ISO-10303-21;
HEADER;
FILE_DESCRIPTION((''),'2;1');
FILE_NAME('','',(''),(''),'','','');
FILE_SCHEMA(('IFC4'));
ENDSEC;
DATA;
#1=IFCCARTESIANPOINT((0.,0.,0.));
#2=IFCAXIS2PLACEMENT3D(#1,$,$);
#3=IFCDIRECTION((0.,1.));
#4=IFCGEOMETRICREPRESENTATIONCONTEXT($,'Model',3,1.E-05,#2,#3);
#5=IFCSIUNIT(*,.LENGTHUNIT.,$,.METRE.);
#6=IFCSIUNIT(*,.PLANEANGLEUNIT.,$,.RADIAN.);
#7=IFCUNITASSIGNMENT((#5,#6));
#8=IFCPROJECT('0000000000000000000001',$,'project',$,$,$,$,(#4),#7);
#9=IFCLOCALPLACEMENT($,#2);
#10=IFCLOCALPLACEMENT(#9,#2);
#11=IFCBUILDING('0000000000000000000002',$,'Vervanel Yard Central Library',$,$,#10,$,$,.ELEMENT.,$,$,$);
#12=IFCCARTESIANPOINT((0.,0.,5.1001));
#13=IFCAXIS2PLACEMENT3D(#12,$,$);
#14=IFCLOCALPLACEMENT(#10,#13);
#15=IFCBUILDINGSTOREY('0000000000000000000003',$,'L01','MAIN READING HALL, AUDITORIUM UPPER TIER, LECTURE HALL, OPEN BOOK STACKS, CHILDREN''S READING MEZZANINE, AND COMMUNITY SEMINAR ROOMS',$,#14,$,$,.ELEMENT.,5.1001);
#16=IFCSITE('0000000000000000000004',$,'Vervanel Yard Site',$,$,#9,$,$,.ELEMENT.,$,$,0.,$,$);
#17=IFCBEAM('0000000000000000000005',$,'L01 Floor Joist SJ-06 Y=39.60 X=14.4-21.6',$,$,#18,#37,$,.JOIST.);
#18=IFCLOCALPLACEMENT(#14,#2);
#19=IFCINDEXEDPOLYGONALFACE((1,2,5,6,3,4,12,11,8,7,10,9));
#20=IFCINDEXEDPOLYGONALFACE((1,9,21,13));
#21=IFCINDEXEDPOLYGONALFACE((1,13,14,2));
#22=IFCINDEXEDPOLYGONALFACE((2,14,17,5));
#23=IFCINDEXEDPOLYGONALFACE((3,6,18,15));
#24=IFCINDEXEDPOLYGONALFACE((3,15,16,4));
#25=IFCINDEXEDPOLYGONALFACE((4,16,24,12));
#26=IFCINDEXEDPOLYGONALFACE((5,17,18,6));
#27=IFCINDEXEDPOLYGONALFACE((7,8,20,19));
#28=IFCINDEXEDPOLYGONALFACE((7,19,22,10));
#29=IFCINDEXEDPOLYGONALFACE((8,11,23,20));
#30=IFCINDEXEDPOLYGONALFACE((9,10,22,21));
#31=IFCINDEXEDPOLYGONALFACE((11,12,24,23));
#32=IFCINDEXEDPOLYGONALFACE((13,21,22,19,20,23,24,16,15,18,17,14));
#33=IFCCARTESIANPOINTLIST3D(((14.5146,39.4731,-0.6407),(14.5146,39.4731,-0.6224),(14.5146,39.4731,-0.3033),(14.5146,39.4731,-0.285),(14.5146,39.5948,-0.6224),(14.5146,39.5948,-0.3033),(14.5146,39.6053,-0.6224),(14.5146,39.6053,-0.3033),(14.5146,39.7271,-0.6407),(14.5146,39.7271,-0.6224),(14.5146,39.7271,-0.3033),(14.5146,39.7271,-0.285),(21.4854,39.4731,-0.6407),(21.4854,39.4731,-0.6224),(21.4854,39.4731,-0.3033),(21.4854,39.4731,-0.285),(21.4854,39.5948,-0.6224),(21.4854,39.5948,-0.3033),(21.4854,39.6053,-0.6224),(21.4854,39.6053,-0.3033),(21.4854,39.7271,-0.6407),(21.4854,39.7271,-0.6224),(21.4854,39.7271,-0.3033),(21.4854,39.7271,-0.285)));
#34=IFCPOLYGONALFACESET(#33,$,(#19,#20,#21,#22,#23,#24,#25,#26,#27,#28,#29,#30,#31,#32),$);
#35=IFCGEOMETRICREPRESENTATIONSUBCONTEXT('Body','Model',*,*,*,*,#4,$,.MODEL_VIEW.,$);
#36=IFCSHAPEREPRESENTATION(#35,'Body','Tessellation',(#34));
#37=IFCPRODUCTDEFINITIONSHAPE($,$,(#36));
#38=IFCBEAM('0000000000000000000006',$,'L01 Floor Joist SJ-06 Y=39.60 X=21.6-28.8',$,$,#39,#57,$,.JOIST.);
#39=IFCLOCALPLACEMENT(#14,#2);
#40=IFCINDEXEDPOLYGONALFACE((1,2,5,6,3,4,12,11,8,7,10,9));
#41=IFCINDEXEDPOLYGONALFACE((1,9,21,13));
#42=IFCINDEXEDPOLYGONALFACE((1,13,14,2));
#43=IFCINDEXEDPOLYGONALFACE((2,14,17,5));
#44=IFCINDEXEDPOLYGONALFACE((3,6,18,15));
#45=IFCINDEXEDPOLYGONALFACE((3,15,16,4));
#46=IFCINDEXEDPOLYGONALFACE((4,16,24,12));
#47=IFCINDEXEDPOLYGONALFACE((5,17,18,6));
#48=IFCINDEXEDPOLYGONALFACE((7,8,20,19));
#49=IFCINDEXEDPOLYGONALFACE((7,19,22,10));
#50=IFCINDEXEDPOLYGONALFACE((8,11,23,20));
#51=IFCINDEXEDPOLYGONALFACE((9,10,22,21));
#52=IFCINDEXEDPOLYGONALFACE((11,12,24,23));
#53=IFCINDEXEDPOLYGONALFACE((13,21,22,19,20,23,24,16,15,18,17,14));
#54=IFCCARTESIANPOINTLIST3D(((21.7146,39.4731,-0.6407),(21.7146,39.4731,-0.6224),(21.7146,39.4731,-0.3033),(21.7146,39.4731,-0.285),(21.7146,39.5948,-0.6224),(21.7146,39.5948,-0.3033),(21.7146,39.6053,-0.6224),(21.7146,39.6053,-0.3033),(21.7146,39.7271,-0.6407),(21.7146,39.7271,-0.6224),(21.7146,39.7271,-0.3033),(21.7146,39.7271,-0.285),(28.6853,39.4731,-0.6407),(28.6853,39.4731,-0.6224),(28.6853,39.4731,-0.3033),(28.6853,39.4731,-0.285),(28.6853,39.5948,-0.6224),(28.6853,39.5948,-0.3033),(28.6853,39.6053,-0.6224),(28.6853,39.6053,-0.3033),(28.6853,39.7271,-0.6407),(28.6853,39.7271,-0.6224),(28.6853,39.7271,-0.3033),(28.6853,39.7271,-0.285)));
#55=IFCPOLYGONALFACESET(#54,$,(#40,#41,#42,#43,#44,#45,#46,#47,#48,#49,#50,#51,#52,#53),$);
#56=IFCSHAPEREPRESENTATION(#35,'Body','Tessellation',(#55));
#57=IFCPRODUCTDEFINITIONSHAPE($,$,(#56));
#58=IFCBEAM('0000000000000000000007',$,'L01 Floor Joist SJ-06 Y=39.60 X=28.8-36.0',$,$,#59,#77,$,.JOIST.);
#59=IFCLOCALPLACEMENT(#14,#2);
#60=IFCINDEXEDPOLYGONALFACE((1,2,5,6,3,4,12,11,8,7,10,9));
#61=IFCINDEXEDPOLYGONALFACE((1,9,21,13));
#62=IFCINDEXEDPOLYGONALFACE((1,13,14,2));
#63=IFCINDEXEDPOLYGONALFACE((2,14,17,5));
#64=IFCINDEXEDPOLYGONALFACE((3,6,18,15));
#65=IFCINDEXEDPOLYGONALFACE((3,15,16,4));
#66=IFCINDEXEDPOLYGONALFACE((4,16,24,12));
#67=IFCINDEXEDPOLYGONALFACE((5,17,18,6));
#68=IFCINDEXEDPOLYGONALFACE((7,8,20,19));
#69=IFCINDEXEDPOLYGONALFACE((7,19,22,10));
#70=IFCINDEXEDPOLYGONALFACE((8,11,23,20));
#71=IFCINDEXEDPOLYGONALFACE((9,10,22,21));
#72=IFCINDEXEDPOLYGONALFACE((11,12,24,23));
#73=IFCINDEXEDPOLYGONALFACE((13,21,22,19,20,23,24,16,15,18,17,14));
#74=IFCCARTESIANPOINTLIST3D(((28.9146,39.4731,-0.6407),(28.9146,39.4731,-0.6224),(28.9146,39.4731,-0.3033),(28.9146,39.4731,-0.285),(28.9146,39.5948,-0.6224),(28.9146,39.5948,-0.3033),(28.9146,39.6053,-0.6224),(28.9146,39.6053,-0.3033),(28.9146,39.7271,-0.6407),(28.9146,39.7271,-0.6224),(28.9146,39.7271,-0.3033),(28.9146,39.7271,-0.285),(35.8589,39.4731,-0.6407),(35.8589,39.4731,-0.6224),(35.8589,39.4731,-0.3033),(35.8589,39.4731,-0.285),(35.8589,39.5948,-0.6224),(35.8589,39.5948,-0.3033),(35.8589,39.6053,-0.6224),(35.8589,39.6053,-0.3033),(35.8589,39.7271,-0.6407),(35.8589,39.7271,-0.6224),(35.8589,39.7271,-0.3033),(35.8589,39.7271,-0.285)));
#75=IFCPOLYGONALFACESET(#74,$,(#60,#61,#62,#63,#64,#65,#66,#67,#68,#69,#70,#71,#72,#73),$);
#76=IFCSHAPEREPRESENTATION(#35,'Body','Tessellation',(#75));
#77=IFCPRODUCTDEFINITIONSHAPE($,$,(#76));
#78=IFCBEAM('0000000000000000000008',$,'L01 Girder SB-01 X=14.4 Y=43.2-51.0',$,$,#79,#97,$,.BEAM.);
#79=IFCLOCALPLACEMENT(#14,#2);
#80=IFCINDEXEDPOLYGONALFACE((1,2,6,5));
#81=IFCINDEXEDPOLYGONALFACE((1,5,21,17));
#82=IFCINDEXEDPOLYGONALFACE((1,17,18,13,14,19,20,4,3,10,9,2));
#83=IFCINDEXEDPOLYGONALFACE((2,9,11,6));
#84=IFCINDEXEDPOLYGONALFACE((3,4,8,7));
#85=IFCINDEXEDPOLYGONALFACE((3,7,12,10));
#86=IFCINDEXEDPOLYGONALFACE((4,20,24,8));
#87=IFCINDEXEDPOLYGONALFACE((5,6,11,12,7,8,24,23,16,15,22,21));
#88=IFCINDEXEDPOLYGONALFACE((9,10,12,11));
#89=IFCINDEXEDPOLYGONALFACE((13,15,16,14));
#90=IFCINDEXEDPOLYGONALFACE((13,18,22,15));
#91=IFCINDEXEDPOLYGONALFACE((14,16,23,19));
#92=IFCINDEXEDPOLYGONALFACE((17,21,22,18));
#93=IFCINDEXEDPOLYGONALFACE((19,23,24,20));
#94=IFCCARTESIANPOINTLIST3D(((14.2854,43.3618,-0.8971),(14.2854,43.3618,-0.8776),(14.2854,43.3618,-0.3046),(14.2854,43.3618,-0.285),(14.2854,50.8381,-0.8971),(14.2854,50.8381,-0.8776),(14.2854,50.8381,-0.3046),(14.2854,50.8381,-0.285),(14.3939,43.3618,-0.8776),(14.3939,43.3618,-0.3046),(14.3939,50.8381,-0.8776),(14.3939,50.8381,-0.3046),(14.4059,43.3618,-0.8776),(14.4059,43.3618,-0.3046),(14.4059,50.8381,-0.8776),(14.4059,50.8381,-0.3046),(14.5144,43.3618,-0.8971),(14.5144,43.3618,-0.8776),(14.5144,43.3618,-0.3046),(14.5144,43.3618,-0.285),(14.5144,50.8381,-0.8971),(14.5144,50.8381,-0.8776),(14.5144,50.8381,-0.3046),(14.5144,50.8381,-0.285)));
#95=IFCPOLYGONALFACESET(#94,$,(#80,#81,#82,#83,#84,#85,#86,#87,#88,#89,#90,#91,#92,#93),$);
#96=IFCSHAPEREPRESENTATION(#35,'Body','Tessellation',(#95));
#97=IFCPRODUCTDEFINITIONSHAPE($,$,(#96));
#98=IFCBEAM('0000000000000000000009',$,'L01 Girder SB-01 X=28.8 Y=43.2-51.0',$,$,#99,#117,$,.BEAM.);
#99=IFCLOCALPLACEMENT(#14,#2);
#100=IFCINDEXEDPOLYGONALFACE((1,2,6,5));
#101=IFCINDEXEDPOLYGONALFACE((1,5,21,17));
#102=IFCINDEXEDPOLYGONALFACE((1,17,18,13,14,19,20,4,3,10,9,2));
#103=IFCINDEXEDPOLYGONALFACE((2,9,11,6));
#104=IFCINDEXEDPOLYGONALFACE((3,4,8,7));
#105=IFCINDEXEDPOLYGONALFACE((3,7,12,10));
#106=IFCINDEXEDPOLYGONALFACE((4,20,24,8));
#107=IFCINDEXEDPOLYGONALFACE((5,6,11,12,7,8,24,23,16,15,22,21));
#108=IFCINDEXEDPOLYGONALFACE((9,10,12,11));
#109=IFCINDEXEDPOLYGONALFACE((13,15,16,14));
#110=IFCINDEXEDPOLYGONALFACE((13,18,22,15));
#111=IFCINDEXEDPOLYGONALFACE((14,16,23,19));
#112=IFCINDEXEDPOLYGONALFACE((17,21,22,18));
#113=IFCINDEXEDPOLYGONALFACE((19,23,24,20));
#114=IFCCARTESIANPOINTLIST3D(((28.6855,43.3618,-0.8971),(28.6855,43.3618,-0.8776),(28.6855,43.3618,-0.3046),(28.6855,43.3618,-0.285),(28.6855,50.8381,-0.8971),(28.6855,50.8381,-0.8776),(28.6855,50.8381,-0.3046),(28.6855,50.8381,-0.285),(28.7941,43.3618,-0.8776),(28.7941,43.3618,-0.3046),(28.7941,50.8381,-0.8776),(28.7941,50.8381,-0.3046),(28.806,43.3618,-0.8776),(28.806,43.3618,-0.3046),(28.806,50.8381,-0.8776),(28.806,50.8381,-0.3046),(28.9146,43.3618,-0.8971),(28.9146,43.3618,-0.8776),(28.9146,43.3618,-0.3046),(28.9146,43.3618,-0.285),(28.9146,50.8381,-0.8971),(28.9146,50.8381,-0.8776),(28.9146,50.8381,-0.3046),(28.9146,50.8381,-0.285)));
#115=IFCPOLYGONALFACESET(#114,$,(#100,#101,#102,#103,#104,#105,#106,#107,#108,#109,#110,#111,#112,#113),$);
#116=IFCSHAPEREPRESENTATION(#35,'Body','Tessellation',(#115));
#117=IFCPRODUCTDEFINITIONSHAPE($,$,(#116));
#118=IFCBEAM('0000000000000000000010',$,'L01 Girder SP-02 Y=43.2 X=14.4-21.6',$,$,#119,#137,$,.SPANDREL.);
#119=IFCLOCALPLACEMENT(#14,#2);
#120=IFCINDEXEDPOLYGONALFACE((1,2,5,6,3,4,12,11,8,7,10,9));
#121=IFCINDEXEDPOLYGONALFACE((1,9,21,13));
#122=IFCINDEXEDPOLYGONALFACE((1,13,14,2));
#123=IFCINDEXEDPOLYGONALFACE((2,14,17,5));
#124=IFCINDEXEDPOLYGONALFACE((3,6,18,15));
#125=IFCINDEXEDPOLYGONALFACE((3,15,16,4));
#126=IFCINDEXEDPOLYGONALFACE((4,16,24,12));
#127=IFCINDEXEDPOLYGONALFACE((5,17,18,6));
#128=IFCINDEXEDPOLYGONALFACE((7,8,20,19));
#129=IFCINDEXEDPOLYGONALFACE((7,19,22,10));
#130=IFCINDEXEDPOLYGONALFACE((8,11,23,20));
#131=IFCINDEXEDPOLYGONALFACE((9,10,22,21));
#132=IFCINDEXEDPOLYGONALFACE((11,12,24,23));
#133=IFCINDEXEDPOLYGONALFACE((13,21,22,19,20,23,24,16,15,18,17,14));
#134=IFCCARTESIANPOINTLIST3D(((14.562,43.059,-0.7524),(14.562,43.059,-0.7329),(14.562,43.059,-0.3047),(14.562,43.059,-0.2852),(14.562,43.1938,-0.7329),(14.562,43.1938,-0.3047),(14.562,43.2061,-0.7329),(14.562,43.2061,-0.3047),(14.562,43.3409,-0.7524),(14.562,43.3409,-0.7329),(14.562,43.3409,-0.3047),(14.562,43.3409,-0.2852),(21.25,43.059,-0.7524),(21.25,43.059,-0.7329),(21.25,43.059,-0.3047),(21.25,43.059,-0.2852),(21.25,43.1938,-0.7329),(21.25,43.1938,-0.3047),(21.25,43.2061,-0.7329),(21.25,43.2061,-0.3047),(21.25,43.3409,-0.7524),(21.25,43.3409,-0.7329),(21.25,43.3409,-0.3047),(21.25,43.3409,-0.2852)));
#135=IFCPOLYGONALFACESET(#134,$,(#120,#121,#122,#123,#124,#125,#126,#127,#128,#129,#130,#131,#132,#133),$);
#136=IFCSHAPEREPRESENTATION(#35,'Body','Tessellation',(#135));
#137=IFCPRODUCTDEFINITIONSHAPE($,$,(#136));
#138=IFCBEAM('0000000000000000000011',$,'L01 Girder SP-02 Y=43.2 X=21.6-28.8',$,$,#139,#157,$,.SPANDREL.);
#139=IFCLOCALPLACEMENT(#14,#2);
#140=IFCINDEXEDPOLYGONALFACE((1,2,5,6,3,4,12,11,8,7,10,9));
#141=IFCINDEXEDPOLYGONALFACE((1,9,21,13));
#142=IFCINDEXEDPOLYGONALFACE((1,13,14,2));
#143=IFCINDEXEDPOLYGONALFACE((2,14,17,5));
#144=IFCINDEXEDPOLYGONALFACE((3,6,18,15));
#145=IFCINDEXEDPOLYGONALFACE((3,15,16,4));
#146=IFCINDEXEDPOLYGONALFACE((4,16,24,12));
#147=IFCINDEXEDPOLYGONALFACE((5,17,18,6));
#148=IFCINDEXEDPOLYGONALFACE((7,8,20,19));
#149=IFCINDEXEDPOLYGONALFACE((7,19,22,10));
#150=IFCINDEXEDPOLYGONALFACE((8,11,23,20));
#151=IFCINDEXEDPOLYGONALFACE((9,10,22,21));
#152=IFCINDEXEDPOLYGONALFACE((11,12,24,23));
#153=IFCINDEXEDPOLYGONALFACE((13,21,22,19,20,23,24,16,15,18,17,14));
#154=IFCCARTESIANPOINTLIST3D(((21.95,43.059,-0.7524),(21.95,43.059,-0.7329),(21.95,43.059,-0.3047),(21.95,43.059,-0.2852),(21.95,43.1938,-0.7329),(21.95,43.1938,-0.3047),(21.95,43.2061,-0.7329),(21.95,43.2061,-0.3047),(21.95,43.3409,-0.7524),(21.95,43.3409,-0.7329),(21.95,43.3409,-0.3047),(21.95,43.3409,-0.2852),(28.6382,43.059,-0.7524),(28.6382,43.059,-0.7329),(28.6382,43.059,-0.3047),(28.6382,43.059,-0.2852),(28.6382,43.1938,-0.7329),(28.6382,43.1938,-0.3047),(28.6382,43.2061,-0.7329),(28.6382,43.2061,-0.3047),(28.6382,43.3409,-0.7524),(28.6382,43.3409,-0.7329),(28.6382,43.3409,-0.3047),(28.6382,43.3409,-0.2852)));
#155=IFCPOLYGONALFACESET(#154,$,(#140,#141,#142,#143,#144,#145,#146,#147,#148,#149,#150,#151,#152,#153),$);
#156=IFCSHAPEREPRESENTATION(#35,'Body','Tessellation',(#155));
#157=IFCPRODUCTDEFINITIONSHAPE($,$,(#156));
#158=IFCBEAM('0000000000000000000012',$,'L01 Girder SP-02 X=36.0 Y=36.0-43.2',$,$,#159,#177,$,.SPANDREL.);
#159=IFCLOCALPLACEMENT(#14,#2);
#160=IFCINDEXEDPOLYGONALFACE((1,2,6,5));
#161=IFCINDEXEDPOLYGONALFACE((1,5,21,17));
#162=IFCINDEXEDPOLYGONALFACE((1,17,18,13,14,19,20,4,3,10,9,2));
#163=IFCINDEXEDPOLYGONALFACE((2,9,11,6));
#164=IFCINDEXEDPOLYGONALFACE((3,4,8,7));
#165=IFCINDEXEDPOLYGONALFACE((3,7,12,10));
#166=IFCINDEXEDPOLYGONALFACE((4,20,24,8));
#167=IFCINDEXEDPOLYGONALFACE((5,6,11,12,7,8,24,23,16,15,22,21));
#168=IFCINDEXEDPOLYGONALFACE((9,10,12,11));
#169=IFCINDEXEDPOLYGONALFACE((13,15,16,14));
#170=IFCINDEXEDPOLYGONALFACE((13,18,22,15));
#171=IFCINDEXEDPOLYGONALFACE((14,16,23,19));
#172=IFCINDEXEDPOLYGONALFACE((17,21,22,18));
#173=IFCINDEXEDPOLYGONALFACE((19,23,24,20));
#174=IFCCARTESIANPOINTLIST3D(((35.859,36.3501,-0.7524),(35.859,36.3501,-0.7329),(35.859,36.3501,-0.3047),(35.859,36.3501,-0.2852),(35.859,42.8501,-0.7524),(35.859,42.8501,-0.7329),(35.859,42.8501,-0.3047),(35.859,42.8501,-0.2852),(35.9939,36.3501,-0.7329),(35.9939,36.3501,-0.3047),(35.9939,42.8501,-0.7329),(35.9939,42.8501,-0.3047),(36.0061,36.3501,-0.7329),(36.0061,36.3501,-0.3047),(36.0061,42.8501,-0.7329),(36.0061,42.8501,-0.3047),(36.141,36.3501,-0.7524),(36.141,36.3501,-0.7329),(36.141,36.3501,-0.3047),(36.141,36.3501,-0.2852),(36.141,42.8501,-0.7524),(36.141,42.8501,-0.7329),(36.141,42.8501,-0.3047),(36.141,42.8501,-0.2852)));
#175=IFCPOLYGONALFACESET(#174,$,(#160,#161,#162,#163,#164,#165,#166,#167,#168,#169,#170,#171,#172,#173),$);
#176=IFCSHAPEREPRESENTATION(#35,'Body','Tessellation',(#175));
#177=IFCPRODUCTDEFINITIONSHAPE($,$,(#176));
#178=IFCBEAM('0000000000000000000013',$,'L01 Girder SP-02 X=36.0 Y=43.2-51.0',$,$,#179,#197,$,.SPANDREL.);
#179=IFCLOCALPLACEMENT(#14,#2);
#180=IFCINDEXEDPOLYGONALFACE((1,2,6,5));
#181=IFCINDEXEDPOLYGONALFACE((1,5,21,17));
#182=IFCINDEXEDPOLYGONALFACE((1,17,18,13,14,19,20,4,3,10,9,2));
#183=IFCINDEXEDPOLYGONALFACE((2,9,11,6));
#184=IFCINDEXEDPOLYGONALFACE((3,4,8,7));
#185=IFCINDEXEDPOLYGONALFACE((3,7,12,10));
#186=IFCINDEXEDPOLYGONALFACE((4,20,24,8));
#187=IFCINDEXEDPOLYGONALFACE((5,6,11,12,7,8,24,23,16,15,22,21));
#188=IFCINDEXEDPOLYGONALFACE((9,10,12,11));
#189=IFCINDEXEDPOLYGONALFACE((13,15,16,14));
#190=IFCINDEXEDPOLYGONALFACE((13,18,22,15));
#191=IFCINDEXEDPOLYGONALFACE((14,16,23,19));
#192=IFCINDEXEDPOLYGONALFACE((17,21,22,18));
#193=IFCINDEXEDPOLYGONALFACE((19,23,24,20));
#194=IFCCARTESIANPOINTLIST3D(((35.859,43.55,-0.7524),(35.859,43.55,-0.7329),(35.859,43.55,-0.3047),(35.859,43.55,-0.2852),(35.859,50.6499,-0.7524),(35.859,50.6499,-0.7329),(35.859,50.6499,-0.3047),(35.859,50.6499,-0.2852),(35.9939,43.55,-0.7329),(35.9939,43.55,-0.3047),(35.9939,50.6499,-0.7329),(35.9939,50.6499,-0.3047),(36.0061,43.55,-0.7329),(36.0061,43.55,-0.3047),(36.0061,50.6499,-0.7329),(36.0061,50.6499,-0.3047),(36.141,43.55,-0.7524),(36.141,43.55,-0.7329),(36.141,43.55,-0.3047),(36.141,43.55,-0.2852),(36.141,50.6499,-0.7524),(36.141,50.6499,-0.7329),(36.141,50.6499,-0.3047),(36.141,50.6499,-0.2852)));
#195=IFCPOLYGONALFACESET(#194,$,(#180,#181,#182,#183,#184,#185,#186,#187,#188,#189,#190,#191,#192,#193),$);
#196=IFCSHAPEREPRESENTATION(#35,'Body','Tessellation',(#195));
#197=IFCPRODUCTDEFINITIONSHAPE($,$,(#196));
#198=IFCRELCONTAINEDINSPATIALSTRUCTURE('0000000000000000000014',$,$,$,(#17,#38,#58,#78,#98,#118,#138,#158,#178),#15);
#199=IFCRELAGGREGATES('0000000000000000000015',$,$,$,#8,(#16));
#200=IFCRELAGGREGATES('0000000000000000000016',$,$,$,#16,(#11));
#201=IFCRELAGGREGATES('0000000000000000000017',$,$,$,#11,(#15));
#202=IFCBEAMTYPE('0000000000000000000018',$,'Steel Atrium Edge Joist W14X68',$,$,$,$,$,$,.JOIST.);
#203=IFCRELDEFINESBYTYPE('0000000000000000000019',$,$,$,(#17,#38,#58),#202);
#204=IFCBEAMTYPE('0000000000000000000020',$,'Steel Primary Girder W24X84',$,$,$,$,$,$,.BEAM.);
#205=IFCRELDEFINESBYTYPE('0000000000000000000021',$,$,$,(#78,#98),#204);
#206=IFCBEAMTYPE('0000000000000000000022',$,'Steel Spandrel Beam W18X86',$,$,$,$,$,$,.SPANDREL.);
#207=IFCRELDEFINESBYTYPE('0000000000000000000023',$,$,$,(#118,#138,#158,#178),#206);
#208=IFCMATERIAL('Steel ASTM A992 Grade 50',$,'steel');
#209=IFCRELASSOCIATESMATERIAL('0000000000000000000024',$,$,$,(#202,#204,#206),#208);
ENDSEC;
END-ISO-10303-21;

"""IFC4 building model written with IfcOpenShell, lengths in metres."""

from ifc_helpers import new_model, si_unit, direction, frame, origin, origin_2d, place, context, subcontext, project, spatial, i_section, extrude, material, material_profile, profile_set, type_object, element, save


model = new_model("IFC4")

# Units and contexts
model_context = context("Model", 3, precision=1e-05, world=origin(), true_north=direction((0.0, 1.0)))
body_context = subcontext(model_context, "Body", "Model", "MODEL_VIEW")
ifc_project = project(units=[si_unit("LENGTHUNIT", "METRE"), si_unit("PLANEANGLEUNIT", "RADIAN")], contexts=[model_context])

# Site, building, storey
site_placement = place(None, origin())
site = spatial("IfcSite", under=ifc_project, at=site_placement, Name="Vervanel Yard Site", CompositionType="ELEMENT", RefElevation=0.0)
building_placement = place(site_placement, origin())
building = spatial("IfcBuilding", under=site, at=building_placement, Name="Vervanel Yard Central Library", CompositionType="ELEMENT")
storey_placement = place(building_placement, frame((0.0, 0.0, 5.1001)))
storey = spatial("IfcBuildingStorey", under=building, at=storey_placement, Name="L01", Description="MAIN READING HALL, AUDITORIUM UPPER TIER, LECTURE HALL, OPEN BOOK STACKS, CHILDREN'S READING MEZZANINE, AND COMMUNITY SEMINAR ROOMS", CompositionType="ELEMENT", Elevation=5.1001)

# Beams
ifc_material_1 = material(Name="Steel ASTM A992 Grade 50", Category="steel")
ifc_material_profile_1 = material_profile(ifc_material_1, i_section(OverallWidth=0.2539, OverallDepth=0.3557, WebThickness=0.0105, FlangeThickness=0.0183, at=origin_2d()), Name="W14X68", Category="steel")
ifc_profile_set_1 = profile_set([ifc_material_profile_1], Name="Steel ASTM A992 Grade 50")
beam_type_1 = type_object("IfcBeamType", Name="Steel Atrium Edge Joist W14X68", PredefinedType="JOIST", material=ifc_profile_set_1)
for number, where, z_axis, x_axis, name in (
    (1, (14.5146, 39.6001, -0.4629), (1.0, 0.0, 0.0), (0.0, 1.0, 0.0), "L01 Floor Joist SJ-06 Y=39.60 X=14.4-21.6"),
    (2, (21.7146, 39.6001, -0.4629), (1.0, 0.0, 0.0), (0.0, 1.0, 0.0), "L01 Floor Joist SJ-06 Y=39.60 X=21.6-28.8"),
):
    element("IfcBeam", number, at=place(storey_placement, frame(where, z_axis=z_axis, x_axis=x_axis)), inside=storey, type_object=beam_type_1, Name=name, PredefinedType="JOIST", context=body_context, shape_type="SweptSolid", body=[
        extrude(i_section(OverallWidth=0.2539, OverallDepth=0.3557, WebThickness=0.0105, FlangeThickness=0.0183, at=origin_2d()), origin(), (0.0, 0.0, 1.0), 6.9707),
    ])
beam_1_placement = place(storey_placement, frame((28.9146, 39.6001, -0.4629), z_axis=(1.0, 0.0, 0.0), x_axis=(0.0, 1.0, 0.0)))
element("IfcBeam", 3, at=beam_1_placement, inside=storey, type_object=beam_type_1, Name="L01 Floor Joist SJ-06 Y=39.60 X=28.8-36.0", PredefinedType="JOIST", context=body_context, shape_type="SweptSolid", body=[
    extrude(i_section(OverallWidth=0.2539, OverallDepth=0.3557, WebThickness=0.0105, FlangeThickness=0.0183, at=origin_2d()), origin(), (0.0, 0.0, 1.0), 6.9443),
])
ifc_material_profile_2 = material_profile(ifc_material_1, i_section(OverallWidth=0.229, OverallDepth=0.6121, WebThickness=0.012, FlangeThickness=0.0195, at=origin_2d()), Name="W24X84", Category="steel")
ifc_profile_set_2 = profile_set([ifc_material_profile_2], Name="Steel ASTM A992 Grade 50")
beam_type_2 = type_object("IfcBeamType", Name="Steel Primary Girder W24X84", PredefinedType="BEAM", material=ifc_profile_set_2)
for number, where, z_axis, x_axis, name in (
    (4, (14.3999, 43.3618, -0.5911), (0.0, 1.0, 0.0), (-1.0, 0.0, 0.0), "L01 Girder SB-01 X=14.4 Y=43.2-51.0"),
    (5, (28.8, 43.3618, -0.5911), (0.0, 1.0, 0.0), (-1.0, 0.0, 0.0), "L01 Girder SB-01 X=28.8 Y=43.2-51.0"),
):
    element("IfcBeam", number, at=place(storey_placement, frame(where, z_axis=z_axis, x_axis=x_axis)), inside=storey, type_object=beam_type_2, Name=name, PredefinedType="BEAM", context=body_context, shape_type="SweptSolid", body=[
        extrude(i_section(OverallWidth=0.229, OverallDepth=0.6121, WebThickness=0.012, FlangeThickness=0.0195, at=origin_2d()), origin(), (0.0, 0.0, 1.0), 7.4763),
    ])
ifc_material_profile_3 = material_profile(ifc_material_1, i_section(OverallWidth=0.282, OverallDepth=0.4673, WebThickness=0.0122, FlangeThickness=0.0195, at=origin_2d()), Name="W18X86", Category="steel")
ifc_profile_set_3 = profile_set([ifc_material_profile_3], Name="Steel ASTM A992 Grade 50")
beam_type_3 = type_object("IfcBeamType", Name="Steel Spandrel Beam W18X86", PredefinedType="SPANDREL", material=ifc_profile_set_3)
beam_2_placement = place(storey_placement, frame((14.562, 43.2, -0.5188), z_axis=(1.0, 0.0, 0.0), x_axis=(0.0, 1.0, 0.0)))
element("IfcBeam", 6, at=beam_2_placement, inside=storey, type_object=beam_type_3, Name="L01 Girder SP-02 Y=43.2 X=14.4-21.6", PredefinedType="SPANDREL", context=body_context, shape_type="SweptSolid", body=[
    extrude(i_section(OverallWidth=0.282, OverallDepth=0.4673, WebThickness=0.0122, FlangeThickness=0.0195, at=origin_2d()), origin(), (0.0, 0.0, 1.0), 6.688),
])
beam_3_placement = place(storey_placement, frame((21.95, 43.2, -0.5188), z_axis=(1.0, 0.0, 0.0), x_axis=(0.0, 1.0, 0.0)))
element("IfcBeam", 7, at=beam_3_placement, inside=storey, type_object=beam_type_3, Name="L01 Girder SP-02 Y=43.2 X=21.6-28.8", PredefinedType="SPANDREL", context=body_context, shape_type="SweptSolid", body=[
    extrude(i_section(OverallWidth=0.282, OverallDepth=0.4673, WebThickness=0.0122, FlangeThickness=0.0195, at=origin_2d()), origin(), (0.0, 0.0, 1.0), 6.6882),
])
beam_4_placement = place(storey_placement, frame((36.0, 36.3501, -0.5188), z_axis=(0.0, 1.0, 0.0), x_axis=(-1.0, 0.0, 0.0)))
element("IfcBeam", 8, at=beam_4_placement, inside=storey, type_object=beam_type_3, Name="L01 Girder SP-02 X=36.0 Y=36.0-43.2", PredefinedType="SPANDREL", context=body_context, shape_type="SweptSolid", body=[
    extrude(i_section(OverallWidth=0.282, OverallDepth=0.4673, WebThickness=0.0122, FlangeThickness=0.0195, at=origin_2d()), origin(), (0.0, 0.0, 1.0), 6.5),
])
beam_5_placement = place(storey_placement, frame((36.0, 43.55, -0.5188), z_axis=(0.0, 1.0, 0.0), x_axis=(-1.0, 0.0, 0.0)))
element("IfcBeam", 9, at=beam_5_placement, inside=storey, type_object=beam_type_3, Name="L01 Girder SP-02 X=36.0 Y=43.2-51.0", PredefinedType="SPANDREL", context=body_context, shape_type="SweptSolid", body=[
    extrude(i_section(OverallWidth=0.282, OverallDepth=0.4673, WebThickness=0.0122, FlangeThickness=0.0195, at=origin_2d()), origin(), (0.0, 0.0, 1.0), 7.0999),
])

save(model, "model.ifc")
